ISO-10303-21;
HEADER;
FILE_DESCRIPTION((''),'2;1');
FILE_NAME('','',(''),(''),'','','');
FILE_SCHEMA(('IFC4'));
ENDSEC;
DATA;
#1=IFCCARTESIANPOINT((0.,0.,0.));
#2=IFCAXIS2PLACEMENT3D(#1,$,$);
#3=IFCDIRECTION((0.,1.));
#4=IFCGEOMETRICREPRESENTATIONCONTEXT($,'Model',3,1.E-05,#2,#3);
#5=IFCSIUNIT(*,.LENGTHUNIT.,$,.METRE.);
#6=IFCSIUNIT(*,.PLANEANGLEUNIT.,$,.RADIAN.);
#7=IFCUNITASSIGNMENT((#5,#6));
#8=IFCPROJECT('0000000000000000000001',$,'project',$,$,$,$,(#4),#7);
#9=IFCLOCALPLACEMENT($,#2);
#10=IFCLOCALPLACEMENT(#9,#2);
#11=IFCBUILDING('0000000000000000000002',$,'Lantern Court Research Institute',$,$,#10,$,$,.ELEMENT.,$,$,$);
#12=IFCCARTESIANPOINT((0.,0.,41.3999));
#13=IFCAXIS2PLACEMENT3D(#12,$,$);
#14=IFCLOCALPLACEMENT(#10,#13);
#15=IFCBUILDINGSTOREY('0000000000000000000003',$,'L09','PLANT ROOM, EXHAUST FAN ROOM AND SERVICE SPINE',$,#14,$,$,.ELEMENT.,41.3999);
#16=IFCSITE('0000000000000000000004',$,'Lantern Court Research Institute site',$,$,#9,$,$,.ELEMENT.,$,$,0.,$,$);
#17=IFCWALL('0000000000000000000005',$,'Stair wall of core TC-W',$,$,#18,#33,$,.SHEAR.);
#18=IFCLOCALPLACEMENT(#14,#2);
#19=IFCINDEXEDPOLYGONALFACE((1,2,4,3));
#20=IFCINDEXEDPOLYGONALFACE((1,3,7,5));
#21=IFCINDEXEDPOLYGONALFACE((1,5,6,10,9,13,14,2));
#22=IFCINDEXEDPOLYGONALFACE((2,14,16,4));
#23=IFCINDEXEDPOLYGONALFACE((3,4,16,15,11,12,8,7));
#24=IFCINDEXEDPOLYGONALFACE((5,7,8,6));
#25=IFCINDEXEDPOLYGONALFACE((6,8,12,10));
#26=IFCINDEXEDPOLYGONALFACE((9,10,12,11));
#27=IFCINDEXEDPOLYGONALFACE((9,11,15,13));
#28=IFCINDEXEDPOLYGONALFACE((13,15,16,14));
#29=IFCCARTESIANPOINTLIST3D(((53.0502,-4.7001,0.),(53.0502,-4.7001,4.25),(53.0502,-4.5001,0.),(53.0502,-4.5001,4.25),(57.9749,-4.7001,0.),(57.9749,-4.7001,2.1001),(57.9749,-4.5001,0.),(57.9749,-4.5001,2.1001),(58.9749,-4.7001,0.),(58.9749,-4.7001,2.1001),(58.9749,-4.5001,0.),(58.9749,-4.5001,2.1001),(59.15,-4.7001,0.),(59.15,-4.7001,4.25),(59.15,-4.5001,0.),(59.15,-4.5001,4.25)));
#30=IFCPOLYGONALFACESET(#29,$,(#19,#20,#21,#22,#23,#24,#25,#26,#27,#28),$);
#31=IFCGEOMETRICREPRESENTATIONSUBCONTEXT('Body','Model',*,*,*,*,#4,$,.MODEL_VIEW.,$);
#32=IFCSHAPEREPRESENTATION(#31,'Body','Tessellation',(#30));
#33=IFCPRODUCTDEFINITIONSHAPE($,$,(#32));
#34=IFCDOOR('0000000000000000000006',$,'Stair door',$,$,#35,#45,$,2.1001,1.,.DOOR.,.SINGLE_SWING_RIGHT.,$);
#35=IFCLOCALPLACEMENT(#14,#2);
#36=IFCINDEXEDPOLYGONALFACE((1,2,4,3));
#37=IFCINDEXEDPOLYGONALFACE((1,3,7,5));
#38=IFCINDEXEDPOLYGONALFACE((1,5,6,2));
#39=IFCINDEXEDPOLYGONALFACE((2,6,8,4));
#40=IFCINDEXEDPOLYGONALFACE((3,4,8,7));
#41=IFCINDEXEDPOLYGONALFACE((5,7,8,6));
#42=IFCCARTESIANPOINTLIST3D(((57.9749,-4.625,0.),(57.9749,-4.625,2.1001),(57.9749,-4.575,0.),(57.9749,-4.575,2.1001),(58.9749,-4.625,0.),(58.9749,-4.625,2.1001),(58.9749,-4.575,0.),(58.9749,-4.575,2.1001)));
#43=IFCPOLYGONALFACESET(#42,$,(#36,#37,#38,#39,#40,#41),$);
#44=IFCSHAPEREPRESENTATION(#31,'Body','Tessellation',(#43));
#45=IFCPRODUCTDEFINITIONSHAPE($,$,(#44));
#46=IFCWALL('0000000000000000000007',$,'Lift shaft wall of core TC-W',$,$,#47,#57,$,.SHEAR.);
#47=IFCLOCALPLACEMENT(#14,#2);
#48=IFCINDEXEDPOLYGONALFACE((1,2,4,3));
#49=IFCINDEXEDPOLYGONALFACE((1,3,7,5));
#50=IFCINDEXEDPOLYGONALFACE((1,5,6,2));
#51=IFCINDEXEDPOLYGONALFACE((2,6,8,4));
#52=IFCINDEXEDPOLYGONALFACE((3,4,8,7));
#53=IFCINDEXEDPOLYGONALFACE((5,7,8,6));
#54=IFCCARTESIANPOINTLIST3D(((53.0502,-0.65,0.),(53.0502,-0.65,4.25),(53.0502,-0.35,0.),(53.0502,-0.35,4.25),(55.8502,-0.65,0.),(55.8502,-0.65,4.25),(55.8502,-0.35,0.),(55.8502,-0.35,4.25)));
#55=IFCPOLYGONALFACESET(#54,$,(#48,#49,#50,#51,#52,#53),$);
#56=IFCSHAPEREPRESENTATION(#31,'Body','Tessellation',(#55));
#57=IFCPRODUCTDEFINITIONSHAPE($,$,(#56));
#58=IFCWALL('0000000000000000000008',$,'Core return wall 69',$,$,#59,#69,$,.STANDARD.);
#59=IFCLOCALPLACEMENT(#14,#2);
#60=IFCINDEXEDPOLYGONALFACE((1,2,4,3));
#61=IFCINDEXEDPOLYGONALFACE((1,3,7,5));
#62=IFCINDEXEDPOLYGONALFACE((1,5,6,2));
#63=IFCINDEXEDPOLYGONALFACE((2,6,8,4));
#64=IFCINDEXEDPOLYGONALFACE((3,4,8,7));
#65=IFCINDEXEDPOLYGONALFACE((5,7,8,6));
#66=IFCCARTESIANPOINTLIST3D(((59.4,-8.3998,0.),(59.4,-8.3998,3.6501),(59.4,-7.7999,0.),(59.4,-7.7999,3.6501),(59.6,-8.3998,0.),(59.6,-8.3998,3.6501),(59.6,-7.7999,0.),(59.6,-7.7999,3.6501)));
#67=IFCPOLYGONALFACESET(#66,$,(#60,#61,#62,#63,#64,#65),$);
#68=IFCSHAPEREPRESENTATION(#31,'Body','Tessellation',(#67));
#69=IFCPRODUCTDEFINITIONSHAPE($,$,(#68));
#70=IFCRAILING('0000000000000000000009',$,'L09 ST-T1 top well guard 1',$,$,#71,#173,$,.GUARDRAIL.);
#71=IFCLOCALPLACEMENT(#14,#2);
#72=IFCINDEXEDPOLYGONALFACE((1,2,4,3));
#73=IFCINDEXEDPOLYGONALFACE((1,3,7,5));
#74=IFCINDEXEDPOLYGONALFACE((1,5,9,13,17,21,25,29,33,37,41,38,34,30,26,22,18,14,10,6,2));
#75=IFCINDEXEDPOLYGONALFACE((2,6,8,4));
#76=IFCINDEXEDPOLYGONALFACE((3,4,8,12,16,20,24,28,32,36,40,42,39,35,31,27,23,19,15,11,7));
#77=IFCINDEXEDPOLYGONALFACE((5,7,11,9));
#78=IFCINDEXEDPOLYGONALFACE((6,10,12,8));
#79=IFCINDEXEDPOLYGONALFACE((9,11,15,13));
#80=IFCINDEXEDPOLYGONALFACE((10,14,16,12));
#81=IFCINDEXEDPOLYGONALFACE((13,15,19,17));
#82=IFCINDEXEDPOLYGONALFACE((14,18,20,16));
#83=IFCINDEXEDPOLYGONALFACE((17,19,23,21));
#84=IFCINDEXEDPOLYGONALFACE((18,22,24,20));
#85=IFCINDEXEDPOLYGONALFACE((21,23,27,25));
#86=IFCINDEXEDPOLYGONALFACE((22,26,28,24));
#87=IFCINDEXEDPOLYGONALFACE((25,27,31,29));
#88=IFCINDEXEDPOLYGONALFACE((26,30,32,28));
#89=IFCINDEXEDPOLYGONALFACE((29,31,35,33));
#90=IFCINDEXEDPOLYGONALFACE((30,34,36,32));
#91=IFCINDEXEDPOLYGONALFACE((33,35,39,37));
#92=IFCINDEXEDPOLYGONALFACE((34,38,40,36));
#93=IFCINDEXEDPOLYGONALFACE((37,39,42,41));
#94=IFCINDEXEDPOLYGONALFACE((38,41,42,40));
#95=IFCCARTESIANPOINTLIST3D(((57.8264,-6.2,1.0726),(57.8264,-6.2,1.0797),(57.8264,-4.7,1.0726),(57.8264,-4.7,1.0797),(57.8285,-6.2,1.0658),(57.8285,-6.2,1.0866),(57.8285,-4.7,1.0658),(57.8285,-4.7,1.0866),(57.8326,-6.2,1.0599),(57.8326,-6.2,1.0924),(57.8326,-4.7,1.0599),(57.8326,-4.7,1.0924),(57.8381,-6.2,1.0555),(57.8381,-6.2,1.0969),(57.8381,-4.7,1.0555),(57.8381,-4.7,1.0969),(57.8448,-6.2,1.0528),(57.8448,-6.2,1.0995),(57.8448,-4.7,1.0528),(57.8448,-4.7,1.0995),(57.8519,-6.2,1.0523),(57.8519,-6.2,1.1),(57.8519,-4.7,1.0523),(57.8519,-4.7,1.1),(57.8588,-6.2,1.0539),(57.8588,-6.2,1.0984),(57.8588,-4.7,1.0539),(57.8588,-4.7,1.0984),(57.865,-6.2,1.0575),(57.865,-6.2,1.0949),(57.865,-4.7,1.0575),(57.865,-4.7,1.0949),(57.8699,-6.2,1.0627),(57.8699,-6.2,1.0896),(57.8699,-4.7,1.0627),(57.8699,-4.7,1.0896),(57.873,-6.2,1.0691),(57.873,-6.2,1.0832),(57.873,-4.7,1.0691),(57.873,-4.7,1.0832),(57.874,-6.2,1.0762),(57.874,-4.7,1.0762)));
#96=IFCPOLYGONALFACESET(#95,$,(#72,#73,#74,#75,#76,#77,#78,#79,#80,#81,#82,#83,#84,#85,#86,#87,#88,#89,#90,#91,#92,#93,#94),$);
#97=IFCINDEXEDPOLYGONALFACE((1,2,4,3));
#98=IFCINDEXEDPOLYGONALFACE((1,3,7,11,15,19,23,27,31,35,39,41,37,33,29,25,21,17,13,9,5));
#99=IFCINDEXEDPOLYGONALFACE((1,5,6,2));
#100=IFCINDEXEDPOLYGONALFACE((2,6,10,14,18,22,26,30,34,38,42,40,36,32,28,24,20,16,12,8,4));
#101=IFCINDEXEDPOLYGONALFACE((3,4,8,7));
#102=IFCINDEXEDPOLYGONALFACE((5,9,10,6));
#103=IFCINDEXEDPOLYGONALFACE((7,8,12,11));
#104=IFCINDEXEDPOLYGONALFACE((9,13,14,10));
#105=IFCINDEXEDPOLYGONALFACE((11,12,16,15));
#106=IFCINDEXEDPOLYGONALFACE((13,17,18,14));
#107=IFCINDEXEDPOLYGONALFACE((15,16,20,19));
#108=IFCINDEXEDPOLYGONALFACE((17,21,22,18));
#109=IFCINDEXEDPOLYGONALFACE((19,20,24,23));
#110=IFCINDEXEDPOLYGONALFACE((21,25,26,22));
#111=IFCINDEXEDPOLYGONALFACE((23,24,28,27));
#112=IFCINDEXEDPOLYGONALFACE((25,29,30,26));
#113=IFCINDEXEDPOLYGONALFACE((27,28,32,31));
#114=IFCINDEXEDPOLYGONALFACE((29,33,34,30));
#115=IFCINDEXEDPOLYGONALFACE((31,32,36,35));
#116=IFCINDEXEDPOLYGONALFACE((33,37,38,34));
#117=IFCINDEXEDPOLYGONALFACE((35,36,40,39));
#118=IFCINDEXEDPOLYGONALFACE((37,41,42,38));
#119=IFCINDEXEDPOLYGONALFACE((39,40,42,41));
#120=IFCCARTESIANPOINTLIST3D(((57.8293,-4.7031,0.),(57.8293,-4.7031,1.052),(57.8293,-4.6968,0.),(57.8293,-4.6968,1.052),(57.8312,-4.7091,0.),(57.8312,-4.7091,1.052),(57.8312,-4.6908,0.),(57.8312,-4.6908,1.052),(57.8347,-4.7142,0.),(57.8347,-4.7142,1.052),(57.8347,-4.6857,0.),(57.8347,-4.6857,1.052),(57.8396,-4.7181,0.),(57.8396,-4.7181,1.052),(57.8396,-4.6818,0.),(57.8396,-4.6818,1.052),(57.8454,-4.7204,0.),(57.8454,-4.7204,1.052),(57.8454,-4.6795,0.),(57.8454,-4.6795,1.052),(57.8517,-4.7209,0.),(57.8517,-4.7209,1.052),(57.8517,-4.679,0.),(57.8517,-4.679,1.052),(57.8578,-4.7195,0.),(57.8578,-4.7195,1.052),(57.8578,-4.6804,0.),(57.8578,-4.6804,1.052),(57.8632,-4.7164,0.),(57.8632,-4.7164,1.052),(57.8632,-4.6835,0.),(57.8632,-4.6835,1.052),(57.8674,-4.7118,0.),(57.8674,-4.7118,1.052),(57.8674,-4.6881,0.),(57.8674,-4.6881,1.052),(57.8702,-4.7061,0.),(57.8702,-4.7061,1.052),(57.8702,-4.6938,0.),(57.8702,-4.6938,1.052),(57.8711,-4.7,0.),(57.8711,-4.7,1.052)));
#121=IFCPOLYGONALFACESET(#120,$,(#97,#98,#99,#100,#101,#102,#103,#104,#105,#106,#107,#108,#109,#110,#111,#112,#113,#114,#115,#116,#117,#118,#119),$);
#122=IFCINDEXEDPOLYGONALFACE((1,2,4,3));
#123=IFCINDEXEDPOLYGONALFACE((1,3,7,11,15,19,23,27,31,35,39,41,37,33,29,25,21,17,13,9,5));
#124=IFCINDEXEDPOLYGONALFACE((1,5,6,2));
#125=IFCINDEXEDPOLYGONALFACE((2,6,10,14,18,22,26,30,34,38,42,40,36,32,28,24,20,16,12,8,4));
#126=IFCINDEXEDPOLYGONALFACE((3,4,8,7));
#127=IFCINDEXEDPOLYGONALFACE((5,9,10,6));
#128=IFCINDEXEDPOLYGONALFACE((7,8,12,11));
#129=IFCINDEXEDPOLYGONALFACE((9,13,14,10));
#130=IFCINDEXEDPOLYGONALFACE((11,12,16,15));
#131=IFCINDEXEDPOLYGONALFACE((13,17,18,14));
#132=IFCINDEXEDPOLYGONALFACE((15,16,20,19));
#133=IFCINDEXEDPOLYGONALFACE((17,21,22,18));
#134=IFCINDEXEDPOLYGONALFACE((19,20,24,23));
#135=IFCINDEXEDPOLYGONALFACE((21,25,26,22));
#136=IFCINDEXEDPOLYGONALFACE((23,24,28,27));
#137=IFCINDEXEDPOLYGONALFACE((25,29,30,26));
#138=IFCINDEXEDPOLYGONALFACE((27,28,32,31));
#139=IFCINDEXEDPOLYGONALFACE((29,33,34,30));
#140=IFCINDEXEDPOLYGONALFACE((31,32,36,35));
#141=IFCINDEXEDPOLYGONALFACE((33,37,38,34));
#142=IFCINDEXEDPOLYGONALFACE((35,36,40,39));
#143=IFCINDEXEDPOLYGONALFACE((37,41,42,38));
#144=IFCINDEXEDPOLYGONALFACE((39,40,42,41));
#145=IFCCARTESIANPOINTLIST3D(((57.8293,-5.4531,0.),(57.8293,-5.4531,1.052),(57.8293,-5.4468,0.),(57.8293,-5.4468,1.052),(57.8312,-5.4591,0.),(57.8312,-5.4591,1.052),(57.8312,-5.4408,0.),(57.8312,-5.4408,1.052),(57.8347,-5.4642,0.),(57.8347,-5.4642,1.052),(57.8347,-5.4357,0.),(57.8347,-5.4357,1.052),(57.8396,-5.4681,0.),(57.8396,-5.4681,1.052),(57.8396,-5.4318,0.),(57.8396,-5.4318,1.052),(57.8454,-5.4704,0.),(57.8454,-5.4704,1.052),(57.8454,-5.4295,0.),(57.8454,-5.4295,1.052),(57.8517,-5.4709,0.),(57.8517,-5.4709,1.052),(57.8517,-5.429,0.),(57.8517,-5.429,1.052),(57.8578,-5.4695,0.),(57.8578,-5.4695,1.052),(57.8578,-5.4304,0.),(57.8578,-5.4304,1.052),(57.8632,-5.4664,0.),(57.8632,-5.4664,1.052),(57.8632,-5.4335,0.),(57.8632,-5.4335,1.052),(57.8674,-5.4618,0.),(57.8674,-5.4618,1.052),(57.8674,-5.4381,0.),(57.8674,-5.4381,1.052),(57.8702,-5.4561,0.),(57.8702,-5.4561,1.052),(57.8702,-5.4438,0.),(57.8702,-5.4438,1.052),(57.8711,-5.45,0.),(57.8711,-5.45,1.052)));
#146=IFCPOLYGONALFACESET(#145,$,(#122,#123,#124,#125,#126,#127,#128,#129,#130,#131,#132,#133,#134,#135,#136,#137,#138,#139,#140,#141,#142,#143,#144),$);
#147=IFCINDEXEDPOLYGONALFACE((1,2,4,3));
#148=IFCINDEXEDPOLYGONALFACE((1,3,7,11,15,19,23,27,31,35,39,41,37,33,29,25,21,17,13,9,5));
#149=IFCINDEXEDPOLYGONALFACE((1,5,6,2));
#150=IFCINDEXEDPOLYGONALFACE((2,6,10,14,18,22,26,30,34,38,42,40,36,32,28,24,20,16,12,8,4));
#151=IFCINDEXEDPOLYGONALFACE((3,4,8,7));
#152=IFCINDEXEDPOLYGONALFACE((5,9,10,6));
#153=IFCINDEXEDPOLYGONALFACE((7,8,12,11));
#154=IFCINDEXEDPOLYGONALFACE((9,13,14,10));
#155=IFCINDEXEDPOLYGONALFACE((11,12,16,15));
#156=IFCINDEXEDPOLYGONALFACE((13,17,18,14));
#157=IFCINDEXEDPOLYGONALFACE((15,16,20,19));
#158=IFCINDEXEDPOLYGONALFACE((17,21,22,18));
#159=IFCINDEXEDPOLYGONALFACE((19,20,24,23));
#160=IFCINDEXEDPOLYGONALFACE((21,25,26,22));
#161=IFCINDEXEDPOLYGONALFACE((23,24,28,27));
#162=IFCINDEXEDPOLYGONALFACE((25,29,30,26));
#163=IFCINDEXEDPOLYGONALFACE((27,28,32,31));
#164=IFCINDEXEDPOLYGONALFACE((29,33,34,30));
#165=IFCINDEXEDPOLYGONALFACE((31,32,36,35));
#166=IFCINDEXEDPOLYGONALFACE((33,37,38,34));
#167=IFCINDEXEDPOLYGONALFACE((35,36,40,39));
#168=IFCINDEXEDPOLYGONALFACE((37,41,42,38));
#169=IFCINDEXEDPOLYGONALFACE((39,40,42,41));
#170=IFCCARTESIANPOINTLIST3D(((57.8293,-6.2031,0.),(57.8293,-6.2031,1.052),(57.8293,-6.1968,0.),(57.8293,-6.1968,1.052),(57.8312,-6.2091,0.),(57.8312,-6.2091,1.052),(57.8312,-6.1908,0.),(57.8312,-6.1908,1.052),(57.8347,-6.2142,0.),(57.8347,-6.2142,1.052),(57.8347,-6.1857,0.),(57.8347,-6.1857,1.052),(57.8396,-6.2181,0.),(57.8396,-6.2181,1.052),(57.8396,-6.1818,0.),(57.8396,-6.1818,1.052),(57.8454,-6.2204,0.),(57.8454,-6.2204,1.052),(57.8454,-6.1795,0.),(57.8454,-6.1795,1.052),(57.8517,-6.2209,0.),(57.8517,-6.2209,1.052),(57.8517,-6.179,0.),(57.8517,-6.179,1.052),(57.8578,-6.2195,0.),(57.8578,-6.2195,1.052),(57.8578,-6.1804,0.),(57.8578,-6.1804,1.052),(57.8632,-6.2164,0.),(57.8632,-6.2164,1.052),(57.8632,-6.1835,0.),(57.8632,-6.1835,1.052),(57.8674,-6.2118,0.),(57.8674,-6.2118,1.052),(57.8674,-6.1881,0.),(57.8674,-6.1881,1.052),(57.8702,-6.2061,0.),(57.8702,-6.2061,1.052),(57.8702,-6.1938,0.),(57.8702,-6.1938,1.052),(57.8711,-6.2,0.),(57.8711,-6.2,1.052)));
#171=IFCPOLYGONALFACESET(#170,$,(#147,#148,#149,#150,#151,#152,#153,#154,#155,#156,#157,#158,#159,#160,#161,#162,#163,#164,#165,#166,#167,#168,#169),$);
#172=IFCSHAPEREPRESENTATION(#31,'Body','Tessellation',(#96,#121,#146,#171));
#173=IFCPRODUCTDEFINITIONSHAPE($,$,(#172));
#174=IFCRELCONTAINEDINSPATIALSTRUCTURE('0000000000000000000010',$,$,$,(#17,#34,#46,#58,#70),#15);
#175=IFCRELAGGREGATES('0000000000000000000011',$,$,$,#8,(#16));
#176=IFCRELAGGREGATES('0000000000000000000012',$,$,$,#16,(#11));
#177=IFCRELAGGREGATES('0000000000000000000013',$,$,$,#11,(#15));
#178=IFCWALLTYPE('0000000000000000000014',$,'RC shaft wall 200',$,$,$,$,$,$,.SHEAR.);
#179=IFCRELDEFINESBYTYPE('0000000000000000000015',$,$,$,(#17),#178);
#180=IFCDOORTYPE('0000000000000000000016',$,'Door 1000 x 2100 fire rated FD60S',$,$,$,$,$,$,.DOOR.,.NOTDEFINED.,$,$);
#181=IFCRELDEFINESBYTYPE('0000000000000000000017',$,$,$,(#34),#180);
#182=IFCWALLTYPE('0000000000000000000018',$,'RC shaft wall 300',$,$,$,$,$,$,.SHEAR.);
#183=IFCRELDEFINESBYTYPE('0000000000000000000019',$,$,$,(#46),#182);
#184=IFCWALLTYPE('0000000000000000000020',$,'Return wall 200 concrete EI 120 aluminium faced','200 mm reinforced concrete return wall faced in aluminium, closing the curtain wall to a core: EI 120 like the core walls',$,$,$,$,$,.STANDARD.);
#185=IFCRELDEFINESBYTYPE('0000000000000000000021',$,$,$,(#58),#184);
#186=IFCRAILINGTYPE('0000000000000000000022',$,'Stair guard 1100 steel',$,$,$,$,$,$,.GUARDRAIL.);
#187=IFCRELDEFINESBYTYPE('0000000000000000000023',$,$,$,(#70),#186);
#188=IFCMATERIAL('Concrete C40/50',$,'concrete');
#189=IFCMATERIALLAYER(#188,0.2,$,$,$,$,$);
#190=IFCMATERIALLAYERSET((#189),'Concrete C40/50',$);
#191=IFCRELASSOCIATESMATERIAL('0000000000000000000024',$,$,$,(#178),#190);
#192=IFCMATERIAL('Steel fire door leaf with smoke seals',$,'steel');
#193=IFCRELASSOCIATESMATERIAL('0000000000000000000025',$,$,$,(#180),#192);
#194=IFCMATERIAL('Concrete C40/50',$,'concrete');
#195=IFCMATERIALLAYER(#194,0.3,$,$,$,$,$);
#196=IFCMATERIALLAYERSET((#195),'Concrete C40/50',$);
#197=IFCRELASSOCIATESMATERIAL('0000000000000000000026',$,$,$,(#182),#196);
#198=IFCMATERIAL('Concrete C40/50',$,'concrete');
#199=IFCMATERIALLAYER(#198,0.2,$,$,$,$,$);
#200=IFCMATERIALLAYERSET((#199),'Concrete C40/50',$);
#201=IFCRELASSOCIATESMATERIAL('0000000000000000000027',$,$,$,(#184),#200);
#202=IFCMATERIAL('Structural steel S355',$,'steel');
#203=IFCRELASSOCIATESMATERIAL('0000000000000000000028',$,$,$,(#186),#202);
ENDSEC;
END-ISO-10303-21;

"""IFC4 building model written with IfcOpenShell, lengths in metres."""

from ifc_helpers import new_model, si_unit, direction, frame, frame_2d, origin, origin_2d, place, context, subcontext, project, spatial, rectangle, circle, extrude, material, layer, layer_set, type_object, element, fill, save


model = new_model("IFC4")

# Units and contexts
model_context = context("Model", 3, precision=1e-05, world=origin(), true_north=direction((0.0, 1.0)))
body_context = subcontext(model_context, "Body", "Model", "MODEL_VIEW")
ifc_project = project(units=[si_unit("LENGTHUNIT", "METRE"), si_unit("PLANEANGLEUNIT", "RADIAN")], contexts=[model_context])

# Site, building, storey
site_placement = place(None, origin())
site = spatial("IfcSite", under=ifc_project, at=site_placement, Name="Lantern Court Research Institute site", CompositionType="ELEMENT", RefElevation=0.0)
building_placement = place(site_placement, origin())
building = spatial("IfcBuilding", under=site, at=building_placement, Name="Lantern Court Research Institute", CompositionType="ELEMENT")
storey_placement = place(building_placement, frame((0.0, 0.0, 41.3999)))
storey = spatial("IfcBuildingStorey", under=building, at=storey_placement, Name="L09", Description="PLANT ROOM, EXHAUST FAN ROOM AND SERVICE SPINE", CompositionType="ELEMENT", Elevation=41.3999)

# Wall, opening, door
ifc_material_1 = material(Name="Concrete C40/50", Category="concrete")
ifc_layer_1 = layer(ifc_material_1, 0.2)
ifc_layer_set_1 = layer_set([ifc_layer_1], Name="Concrete C40/50")
wall_type_1 = type_object("IfcWallType", Name="RC shaft wall 200", PredefinedType="SHEAR", material=ifc_layer_set_1)
wall_1_placement = place(storey_placement, frame((59.1499, -4.6001, 0.0), z_axis=(0.0, 0.0, 1.0), x_axis=(-1.0, 0.0, 0.0)))
wall_1 = element("IfcWall", 1, at=wall_1_placement, inside=storey, type_object=wall_type_1, Name="Stair wall of core TC-W", PredefinedType="SHEAR", context=body_context, shape_type="SweptSolid", body=[
    extrude(rectangle(XDim=6.0999, YDim=0.2, at=frame_2d((3.0498, 0.0))), origin(), (0.0, 0.0, 1.0), 4.25),
])
opening_1_placement = place(wall_1_placement, frame((0.175, 0.0, 0.0)))
opening_1 = element("IfcOpeningElement", 2, at=opening_1_placement, cuts=wall_1, PredefinedType="OPENING", context=body_context, shape_type="SweptSolid", body=[
    extrude(rectangle(XDim=1.0, YDim=2.1001, at=frame_2d((0.5, 1.05))), frame((0.0, 0.1099, 0.0), z_axis=(0.0, -1.0, 0.0), x_axis=(1.0, 0.0, 0.0)), (0.0, 0.0, 1.0), 0.22),
])
ifc_material_2 = material(Name="Steel fire door leaf with smoke seals", Category="steel")
door_type_1 = type_object("IfcDoorType", Name="Door 1000 x 2100 fire rated FD60S", OperationType="NOTDEFINED", PredefinedType="DOOR", material=ifc_material_2)
door_1_placement = place(opening_1_placement, origin())
door_1 = element("IfcDoor", 3, at=door_1_placement, inside=storey, type_object=door_type_1, Name="Stair door", OperationType="SINGLE_SWING_RIGHT", OverallHeight=2.1001, OverallWidth=1.0, PredefinedType="DOOR", context=body_context, shape_type="SweptSolid", body=[
    extrude(rectangle(XDim=1.0, YDim=2.1001, at=frame_2d((0.5, 1.05))), frame((0.0, 0.0249, 0.0), z_axis=(0.0, -1.0, 0.0), x_axis=(1.0, 0.0, 0.0)), (0.0, 0.0, 1.0), 0.05),
])
fill(opening_1, door_1)

# Shared definitions
ifc_material_3 = material(Name="Concrete C40/50", Category="concrete")
ifc_layer_2 = layer(ifc_material_3, 0.3)
ifc_layer_set_2 = layer_set([ifc_layer_2], Name="Concrete C40/50")
wall_type_2 = type_object("IfcWallType", Name="RC shaft wall 300", PredefinedType="SHEAR", material=ifc_layer_set_2)

# Walls
wall_2_placement = place(storey_placement, frame((55.8501, -0.5, 0.0), z_axis=(0.0, 0.0, 1.0), x_axis=(-1.0, 0.0, 0.0)))
element("IfcWall", 4, at=wall_2_placement, inside=storey, type_object=wall_type_2, Name="Lift shaft wall of core TC-W", PredefinedType="SHEAR", context=body_context, shape_type="SweptSolid", body=[
    extrude(rectangle(XDim=2.8, YDim=0.3, at=frame_2d((1.3999, 0.0))), origin(), (0.0, 0.0, 1.0), 4.25),
])
ifc_material_4 = material(Name="Concrete C40/50", Category="concrete")
ifc_layer_3 = layer(ifc_material_4, 0.2)
ifc_layer_set_3 = layer_set([ifc_layer_3], Name="Concrete C40/50")
wall_type_3 = type_object("IfcWallType", Name="Return wall 200 concrete EI 120 aluminium faced", Description="200 mm reinforced concrete return wall faced in aluminium, closing the curtain wall to a core: EI 120 like the core walls", PredefinedType="STANDARD", material=ifc_layer_set_3)
wall_3_placement = place(storey_placement, frame((59.5, -7.8, 0.0), z_axis=(0.0, 0.0, 1.0), x_axis=(0.0, -1.0, 0.0)))
element("IfcWall", 5, at=wall_3_placement, inside=storey, type_object=wall_type_3, Name="Core return wall 69", PredefinedType="STANDARD", context=body_context, shape_type="SweptSolid", body=[
    extrude(rectangle(XDim=0.5999, YDim=0.2, at=frame_2d((0.2998, 0.0))), origin(), (0.0, 0.0, 1.0), 3.6501),
])

# Railing
ifc_material_5 = material(Name="Structural steel S355", Category="steel")
railing_type = type_object("IfcRailingType", Name="Stair guard 1100 steel", PredefinedType="GUARDRAIL", material=ifc_material_5)
railing_placement = place(storey_placement, frame((57.8501, -4.7, 0.0)))
element("IfcRailing", 6, at=railing_placement, inside=storey, type_object=railing_type, Name="L09 ST-T1 top well guard 1", PredefinedType="GUARDRAIL", context=body_context, shape_type="SweptSolid", body=[
    extrude(circle(Radius=0.0239, at=origin_2d()), frame((0.0, 0.0, 1.0762), z_axis=(0.0, -1.0, 0.0), x_axis=(1.0, 0.0, 0.0)), (0.0, 0.0, 1.0), 1.5),
    extrude(circle(Radius=0.021, at=origin_2d()), origin(), (0.0, 0.0, 1.0), 1.052),
    extrude(circle(Radius=0.021, at=origin_2d()), frame((0.0, -0.75, 0.0)), (0.0, 0.0, 1.0), 1.052),
    extrude(circle(Radius=0.021, at=origin_2d()), frame((0.0, -1.5, 0.0)), (0.0, 0.0, 1.0), 1.052),
])

save(model, "model.ifc")
